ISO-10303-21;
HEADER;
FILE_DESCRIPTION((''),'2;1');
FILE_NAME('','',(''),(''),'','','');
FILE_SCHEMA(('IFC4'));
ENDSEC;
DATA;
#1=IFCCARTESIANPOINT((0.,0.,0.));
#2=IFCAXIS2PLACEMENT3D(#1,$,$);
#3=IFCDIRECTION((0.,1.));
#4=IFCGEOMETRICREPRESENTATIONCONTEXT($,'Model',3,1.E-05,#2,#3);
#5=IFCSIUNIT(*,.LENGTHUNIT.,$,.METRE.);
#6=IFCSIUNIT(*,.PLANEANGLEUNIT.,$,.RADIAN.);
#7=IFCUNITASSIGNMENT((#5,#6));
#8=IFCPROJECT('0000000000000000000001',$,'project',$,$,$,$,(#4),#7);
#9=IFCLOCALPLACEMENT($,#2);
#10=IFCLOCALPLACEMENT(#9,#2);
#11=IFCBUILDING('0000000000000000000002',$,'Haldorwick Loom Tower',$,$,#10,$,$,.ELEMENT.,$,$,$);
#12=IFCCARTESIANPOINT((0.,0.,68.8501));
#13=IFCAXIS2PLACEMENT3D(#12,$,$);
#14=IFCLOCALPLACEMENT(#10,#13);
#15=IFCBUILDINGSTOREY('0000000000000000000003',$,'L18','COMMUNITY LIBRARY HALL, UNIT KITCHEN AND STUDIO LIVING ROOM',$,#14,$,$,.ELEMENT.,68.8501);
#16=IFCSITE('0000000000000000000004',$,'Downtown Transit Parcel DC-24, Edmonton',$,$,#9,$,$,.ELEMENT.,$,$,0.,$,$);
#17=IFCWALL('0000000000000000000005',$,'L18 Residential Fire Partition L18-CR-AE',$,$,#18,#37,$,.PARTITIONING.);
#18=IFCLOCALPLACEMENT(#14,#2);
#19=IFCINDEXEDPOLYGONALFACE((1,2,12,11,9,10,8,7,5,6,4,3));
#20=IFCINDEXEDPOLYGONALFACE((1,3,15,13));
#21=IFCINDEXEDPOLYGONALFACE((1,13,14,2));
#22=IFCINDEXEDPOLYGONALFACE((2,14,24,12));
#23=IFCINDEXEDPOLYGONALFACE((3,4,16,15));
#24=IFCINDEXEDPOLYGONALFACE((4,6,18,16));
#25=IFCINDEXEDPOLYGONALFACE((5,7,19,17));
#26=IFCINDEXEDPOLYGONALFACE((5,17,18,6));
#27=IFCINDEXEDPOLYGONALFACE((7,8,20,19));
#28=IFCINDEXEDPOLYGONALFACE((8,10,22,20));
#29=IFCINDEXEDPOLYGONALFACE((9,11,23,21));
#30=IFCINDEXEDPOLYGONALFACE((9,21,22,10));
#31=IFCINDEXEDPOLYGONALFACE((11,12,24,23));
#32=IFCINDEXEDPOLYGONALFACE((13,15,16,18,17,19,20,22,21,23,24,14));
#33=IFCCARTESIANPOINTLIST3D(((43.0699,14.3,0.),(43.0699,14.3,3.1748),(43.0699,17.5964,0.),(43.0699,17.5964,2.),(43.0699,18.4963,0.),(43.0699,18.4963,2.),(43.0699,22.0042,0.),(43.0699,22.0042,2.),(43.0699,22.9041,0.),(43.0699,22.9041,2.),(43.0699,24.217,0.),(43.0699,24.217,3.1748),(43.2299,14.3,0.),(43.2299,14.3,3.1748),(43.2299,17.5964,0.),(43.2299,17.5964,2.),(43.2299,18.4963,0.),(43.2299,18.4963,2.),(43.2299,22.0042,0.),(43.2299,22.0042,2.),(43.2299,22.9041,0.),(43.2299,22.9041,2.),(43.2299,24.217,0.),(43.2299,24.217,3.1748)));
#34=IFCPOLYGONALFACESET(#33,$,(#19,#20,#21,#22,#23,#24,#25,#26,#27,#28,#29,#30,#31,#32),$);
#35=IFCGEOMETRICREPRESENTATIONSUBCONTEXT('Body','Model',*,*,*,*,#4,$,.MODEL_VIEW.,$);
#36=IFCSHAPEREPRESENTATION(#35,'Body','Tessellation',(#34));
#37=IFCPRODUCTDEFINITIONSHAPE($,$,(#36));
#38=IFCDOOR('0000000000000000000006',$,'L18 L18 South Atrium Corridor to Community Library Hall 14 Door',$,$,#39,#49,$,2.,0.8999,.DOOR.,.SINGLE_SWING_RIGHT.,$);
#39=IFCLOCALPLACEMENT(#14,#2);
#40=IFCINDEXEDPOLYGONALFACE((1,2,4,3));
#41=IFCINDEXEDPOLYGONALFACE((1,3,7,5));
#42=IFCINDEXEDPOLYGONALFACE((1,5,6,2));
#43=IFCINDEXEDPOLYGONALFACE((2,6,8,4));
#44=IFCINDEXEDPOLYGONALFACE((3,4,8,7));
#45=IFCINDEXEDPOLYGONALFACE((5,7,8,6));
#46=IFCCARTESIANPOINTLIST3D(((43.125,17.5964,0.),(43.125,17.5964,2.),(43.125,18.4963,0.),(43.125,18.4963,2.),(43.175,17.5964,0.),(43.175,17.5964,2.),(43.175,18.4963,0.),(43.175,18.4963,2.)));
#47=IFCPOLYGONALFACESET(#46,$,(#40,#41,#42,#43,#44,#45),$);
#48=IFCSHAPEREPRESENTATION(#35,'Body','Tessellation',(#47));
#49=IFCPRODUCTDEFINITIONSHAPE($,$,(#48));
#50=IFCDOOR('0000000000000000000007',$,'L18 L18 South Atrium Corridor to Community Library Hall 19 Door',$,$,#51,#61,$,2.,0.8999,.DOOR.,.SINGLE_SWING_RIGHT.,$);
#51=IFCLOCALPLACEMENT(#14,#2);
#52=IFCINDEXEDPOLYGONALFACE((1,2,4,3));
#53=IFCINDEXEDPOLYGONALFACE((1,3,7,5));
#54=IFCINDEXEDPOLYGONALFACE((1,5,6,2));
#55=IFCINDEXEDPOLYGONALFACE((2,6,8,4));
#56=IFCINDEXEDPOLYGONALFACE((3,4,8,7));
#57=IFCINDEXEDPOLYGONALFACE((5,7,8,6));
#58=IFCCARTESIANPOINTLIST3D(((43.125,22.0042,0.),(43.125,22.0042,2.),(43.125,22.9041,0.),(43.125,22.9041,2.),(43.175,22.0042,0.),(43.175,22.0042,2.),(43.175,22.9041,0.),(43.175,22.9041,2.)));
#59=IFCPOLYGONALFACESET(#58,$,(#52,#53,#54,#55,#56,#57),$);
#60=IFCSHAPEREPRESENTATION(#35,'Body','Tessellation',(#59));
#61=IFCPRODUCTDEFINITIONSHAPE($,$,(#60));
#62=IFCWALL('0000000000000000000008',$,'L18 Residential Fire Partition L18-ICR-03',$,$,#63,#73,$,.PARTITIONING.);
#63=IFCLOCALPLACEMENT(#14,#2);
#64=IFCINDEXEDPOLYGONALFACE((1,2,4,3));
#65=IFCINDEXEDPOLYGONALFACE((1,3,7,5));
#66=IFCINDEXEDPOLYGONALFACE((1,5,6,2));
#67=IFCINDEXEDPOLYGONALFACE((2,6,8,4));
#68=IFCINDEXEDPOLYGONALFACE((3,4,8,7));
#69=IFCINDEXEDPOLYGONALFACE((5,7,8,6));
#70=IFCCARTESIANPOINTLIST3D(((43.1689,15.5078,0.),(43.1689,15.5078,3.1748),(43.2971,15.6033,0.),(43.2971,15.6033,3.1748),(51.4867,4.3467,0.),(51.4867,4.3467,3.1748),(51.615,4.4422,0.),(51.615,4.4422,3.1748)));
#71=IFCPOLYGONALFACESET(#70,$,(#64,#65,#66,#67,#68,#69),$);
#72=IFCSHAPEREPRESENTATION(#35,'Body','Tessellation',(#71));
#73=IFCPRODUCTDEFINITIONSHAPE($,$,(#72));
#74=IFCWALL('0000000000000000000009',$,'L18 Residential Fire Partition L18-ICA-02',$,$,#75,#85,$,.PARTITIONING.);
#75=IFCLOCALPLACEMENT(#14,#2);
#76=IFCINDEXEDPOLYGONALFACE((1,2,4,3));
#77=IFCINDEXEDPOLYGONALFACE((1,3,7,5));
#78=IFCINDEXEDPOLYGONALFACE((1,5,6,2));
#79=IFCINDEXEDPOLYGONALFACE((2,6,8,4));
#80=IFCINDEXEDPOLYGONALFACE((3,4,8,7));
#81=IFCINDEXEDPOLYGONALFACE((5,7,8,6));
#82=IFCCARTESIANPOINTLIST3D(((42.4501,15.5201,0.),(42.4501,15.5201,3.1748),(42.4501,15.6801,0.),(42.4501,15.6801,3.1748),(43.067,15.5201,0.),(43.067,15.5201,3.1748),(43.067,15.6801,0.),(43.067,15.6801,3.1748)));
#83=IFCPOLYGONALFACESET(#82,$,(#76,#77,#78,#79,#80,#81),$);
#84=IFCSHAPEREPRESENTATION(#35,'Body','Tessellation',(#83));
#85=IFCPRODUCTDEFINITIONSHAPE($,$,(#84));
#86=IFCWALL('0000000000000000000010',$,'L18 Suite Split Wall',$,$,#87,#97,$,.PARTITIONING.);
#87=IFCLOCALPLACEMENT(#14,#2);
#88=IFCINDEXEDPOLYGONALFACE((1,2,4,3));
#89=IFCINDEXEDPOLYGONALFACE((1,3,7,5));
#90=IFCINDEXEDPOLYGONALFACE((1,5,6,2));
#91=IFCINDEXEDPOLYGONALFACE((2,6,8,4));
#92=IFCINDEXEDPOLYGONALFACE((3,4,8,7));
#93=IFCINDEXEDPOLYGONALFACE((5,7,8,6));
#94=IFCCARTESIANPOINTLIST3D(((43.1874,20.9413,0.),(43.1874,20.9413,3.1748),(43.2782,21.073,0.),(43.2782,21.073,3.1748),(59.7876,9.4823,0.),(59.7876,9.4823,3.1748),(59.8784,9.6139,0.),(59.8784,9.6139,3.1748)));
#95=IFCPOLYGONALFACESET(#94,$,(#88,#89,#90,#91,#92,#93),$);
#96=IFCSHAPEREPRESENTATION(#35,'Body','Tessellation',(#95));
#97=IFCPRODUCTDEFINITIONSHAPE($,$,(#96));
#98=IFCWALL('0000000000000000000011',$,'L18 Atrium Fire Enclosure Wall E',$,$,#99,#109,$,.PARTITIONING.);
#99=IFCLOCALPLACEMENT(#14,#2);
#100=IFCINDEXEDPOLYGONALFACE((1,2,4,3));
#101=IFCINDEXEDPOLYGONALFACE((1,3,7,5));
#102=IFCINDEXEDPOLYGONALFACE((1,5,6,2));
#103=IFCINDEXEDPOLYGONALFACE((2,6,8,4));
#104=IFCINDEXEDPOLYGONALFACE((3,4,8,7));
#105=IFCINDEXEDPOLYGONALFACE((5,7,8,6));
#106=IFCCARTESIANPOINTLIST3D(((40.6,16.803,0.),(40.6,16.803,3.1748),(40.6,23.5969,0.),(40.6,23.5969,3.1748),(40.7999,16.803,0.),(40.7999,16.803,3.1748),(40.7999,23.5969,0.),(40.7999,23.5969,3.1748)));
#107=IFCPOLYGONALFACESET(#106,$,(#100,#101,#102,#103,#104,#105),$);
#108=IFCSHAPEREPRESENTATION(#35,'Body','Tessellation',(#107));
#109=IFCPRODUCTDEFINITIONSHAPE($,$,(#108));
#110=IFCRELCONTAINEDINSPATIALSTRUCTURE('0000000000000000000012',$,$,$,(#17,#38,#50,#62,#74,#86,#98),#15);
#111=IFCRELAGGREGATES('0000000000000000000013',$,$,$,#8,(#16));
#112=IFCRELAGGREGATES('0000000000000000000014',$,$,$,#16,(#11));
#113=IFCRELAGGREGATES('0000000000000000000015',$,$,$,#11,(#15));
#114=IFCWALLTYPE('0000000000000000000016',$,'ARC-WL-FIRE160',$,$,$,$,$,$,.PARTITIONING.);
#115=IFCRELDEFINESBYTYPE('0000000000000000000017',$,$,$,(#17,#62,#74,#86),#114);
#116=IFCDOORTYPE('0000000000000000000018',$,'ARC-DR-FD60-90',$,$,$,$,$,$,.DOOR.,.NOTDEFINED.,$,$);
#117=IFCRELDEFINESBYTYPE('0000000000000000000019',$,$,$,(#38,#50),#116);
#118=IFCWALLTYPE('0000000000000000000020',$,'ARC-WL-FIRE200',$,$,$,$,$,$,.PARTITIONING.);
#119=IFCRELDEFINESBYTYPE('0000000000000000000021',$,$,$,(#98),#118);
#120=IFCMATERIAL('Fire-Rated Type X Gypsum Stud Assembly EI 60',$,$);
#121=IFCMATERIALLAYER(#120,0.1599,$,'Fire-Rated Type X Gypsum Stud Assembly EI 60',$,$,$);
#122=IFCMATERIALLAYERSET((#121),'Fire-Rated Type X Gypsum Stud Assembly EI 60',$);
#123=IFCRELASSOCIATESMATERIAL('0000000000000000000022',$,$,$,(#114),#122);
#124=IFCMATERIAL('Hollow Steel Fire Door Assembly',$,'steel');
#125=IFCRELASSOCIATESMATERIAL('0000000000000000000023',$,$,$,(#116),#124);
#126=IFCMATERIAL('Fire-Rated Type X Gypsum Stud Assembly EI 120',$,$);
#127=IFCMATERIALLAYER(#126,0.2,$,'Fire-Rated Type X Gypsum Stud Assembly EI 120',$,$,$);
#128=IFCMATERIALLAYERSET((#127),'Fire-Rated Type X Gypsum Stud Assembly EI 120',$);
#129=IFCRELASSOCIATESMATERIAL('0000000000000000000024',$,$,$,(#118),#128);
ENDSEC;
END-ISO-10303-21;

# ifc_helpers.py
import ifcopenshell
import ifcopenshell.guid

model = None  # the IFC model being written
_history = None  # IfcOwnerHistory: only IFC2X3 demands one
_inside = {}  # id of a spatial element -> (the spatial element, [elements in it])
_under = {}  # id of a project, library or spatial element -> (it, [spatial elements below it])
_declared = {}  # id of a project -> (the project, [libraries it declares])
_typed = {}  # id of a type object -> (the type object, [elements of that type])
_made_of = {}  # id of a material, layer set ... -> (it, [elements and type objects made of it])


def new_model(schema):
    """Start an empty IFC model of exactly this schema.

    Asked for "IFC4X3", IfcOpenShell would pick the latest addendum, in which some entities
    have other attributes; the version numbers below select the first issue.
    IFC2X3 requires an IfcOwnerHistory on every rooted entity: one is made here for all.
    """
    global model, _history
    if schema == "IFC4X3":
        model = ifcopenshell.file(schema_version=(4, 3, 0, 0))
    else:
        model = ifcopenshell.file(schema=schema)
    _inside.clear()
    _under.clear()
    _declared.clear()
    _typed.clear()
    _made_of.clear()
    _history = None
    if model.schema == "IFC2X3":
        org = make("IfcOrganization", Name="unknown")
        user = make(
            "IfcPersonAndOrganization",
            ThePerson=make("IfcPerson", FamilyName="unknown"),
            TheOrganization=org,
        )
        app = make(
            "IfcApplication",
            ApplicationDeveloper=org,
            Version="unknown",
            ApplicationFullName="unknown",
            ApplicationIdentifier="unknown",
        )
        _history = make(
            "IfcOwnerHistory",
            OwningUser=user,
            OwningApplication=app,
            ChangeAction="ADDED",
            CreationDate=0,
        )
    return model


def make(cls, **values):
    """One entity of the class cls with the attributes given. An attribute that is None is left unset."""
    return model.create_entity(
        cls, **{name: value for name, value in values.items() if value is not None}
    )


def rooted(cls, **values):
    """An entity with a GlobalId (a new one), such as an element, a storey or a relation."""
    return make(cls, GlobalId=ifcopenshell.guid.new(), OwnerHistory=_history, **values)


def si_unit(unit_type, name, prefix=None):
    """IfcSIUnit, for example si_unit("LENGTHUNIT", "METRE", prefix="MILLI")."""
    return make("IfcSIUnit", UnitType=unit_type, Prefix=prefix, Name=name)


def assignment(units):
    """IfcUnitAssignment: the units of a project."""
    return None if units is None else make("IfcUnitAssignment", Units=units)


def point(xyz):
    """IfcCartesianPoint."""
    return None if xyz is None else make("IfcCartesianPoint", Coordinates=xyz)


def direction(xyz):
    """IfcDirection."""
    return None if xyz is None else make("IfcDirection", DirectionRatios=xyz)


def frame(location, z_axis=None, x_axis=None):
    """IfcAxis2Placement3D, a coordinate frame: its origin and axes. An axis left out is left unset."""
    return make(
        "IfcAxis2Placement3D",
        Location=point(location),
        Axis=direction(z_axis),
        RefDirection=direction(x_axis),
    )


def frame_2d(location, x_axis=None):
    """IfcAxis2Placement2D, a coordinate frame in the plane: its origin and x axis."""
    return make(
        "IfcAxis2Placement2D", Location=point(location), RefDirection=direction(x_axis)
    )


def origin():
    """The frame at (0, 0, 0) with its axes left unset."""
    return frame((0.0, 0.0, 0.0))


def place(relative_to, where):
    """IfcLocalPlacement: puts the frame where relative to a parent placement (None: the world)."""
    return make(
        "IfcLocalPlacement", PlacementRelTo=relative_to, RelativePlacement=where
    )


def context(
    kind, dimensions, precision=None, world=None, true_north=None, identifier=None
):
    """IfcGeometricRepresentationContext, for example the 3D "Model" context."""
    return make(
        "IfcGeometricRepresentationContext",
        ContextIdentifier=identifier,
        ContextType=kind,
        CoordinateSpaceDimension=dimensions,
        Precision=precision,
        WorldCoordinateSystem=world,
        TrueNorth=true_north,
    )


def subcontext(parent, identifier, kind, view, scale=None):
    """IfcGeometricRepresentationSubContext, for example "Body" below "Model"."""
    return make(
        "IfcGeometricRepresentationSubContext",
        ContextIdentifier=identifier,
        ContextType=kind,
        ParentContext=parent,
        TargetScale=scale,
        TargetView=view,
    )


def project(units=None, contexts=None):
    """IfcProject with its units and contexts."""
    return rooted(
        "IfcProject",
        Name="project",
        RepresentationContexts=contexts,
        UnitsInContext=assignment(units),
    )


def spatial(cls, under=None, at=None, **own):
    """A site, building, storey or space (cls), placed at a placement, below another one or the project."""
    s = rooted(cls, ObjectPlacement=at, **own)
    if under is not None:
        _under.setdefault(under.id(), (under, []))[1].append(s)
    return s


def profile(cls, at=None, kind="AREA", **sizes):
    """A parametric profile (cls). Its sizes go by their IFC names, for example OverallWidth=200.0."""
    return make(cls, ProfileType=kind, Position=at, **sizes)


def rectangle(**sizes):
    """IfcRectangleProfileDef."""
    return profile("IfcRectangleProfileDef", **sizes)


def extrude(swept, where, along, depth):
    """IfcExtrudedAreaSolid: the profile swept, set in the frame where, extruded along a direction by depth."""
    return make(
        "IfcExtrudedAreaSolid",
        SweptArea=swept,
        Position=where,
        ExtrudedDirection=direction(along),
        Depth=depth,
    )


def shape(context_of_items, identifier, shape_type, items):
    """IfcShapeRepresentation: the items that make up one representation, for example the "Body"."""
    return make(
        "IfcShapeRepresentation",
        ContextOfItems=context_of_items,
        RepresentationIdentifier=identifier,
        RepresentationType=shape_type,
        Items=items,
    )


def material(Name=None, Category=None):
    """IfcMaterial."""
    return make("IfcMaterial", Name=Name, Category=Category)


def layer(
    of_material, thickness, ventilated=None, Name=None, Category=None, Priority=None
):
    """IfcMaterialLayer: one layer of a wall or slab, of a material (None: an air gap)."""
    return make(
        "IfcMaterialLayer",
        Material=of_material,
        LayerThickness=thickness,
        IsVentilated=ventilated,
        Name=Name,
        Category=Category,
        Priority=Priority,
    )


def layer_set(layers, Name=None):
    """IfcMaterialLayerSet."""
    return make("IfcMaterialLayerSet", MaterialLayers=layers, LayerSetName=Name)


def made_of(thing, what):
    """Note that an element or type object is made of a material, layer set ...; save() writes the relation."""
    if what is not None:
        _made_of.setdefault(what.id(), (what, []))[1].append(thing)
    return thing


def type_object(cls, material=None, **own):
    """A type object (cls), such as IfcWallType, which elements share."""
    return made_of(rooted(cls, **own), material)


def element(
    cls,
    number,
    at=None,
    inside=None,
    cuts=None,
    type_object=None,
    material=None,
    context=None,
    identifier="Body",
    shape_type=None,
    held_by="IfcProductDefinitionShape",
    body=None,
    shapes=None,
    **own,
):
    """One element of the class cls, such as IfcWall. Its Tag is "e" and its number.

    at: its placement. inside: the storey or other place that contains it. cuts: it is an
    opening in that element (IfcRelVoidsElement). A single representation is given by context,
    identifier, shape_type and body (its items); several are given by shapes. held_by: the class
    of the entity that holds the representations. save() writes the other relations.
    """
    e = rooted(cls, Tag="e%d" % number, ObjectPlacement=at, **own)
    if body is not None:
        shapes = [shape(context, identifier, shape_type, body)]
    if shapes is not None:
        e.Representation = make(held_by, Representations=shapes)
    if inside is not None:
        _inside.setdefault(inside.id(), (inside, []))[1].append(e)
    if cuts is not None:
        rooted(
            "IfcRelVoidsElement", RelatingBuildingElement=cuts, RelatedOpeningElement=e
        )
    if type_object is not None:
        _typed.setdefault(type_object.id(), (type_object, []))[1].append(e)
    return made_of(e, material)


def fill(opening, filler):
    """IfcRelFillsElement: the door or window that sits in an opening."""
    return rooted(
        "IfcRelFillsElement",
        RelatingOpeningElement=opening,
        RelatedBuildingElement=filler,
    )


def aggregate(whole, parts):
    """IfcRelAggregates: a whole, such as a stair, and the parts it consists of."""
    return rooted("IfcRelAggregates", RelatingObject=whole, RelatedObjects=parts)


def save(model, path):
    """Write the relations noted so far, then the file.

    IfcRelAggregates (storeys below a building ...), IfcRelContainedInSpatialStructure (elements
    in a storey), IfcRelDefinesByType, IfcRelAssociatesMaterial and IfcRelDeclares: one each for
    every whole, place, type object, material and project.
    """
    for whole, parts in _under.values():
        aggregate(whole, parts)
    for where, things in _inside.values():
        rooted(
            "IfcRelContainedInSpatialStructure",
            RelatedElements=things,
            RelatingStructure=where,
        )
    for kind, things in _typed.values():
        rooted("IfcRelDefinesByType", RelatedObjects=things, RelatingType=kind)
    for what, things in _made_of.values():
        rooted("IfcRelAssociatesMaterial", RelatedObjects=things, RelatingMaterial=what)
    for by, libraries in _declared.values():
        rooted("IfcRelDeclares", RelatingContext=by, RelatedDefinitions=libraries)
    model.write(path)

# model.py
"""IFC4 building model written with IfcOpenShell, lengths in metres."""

from ifc_helpers import new_model, si_unit, direction, frame, frame_2d, origin, place, context, subcontext, project, spatial, rectangle, extrude, material, layer, layer_set, type_object, element, fill, save


model = new_model("IFC4")

# Units and contexts
model_context = context("Model", 3, precision=1e-05, world=origin(), true_north=direction((0.0, 1.0)))
body_context = subcontext(model_context, "Body", "Model", "MODEL_VIEW")
ifc_project = project(units=[si_unit("LENGTHUNIT", "METRE"), si_unit("PLANEANGLEUNIT", "RADIAN")], contexts=[model_context])

# Site, building, storey
site_placement = place(None, origin())
site = spatial("IfcSite", under=ifc_project, at=site_placement, Name="Downtown Transit Parcel DC-24, Edmonton", CompositionType="ELEMENT", RefElevation=0.0)
building_placement = place(site_placement, origin())
building = spatial("IfcBuilding", under=site, at=building_placement, Name="Haldorwick Loom Tower", CompositionType="ELEMENT")
storey_placement = place(building_placement, frame((0.0, 0.0, 68.8501)))
storey = spatial("IfcBuildingStorey", under=building, at=storey_placement, Name="L18", Description="COMMUNITY LIBRARY HALL, UNIT KITCHEN AND STUDIO LIVING ROOM", CompositionType="ELEMENT", Elevation=68.8501)

# Wall, openings, doors
ifc_material_1 = material(Name="Fire-Rated Type X Gypsum Stud Assembly EI 60")
ifc_layer_1 = layer(ifc_material_1, 0.1599, Name="Fire-Rated Type X Gypsum Stud Assembly EI 60")
ifc_layer_set_1 = layer_set([ifc_layer_1], Name="Fire-Rated Type X Gypsum Stud Assembly EI 60")
wall_type_1 = type_object("IfcWallType", Name="ARC-WL-FIRE160", PredefinedType="PARTITIONING", material=ifc_layer_set_1)
wall_1_placement = place(storey_placement, frame((43.1499, 14.3, 0.0), z_axis=(0.0, 0.0, 1.0), x_axis=(0.0, 1.0, 0.0)))
wall_1 = element("IfcWall", 1, at=wall_1_placement, inside=storey, type_object=wall_type_1, Name="L18 Residential Fire Partition L18-CR-AE", PredefinedType="PARTITIONING", context=body_context, shape_type="SweptSolid", body=[
    extrude(rectangle(XDim=9.917, YDim=0.1599, at=frame_2d((4.9585, 0.0))), origin(), (0.0, 0.0, 1.0), 3.1748),
])
opening_1_placement = place(wall_1_placement, frame((3.2964, 0.0, 0.0)))
opening_1 = element("IfcOpeningElement", 2, at=opening_1_placement, cuts=wall_1, PredefinedType="OPENING", context=body_context, shape_type="SweptSolid", body=[
    extrude(rectangle(XDim=0.8999, YDim=2.0, at=frame_2d((0.45, 1.0))), frame((0.0, 0.0898, 0.0), z_axis=(0.0, -1.0, 0.0), x_axis=(1.0, 0.0, 0.0)), (0.0, 0.0, 1.0), 0.1799),
])
opening_2_placement = place(wall_1_placement, frame((7.7041, 0.0, 0.0)))
opening_2 = element("IfcOpeningElement", 3, at=opening_2_placement, cuts=wall_1, PredefinedType="OPENING", context=body_context, shape_type="SweptSolid", body=[
    extrude(rectangle(XDim=0.8999, YDim=2.0, at=frame_2d((0.45, 1.0))), frame((0.0, 0.0898, 0.0), z_axis=(0.0, -1.0, 0.0), x_axis=(1.0, 0.0, 0.0)), (0.0, 0.0, 1.0), 0.1799),
])
ifc_material_2 = material(Name="Hollow Steel Fire Door Assembly", Category="steel")
door_type = type_object("IfcDoorType", Name="ARC-DR-FD60-90", OperationType="NOTDEFINED", PredefinedType="DOOR", material=ifc_material_2)
door_1_placement = place(opening_1_placement, origin())
door_1 = element("IfcDoor", 4, at=door_1_placement, inside=storey, type_object=door_type, Name="L18 L18 South Atrium Corridor to Community Library Hall 14 Door", OperationType="SINGLE_SWING_RIGHT", OverallHeight=2.0, OverallWidth=0.8999, PredefinedType="DOOR", context=body_context, shape_type="SweptSolid", body=[
    extrude(rectangle(XDim=0.8999, YDim=2.0, at=frame_2d((0.45, 1.0))), frame((0.0, 0.0249, 0.0), z_axis=(0.0, -1.0, 0.0), x_axis=(1.0, 0.0, 0.0)), (0.0, 0.0, 1.0), 0.05),
])
fill(opening_1, door_1)
door_2_placement = place(opening_2_placement, origin())
door_2 = element("IfcDoor", 5, at=door_2_placement, inside=storey, type_object=door_type, Name="L18 L18 South Atrium Corridor to Community Library Hall 19 Door", OperationType="SINGLE_SWING_RIGHT", OverallHeight=2.0, OverallWidth=0.8999, PredefinedType="DOOR", context=body_context, shape_type="SweptSolid", body=[
    extrude(rectangle(XDim=0.8999, YDim=2.0, at=frame_2d((0.45, 1.0))), frame((0.0, 0.0249, 0.0), z_axis=(0.0, -1.0, 0.0), x_axis=(1.0, 0.0, 0.0)), (0.0, 0.0, 1.0), 0.05),
])
fill(opening_2, door_2)

# Walls
wall_2_placement = place(storey_placement, frame((43.2329, 15.5557, 0.0), z_axis=(0.0, 0.0, 1.0), x_axis=(0.597561, -0.801823, 0.0)))
element("IfcWall", 6, at=wall_2_placement, inside=storey, type_object=wall_type_1, Name="L18 Residential Fire Partition L18-ICR-03", PredefinedType="PARTITIONING", context=body_context, shape_type="SweptSolid", body=[
    extrude(rectangle(XDim=13.9197, YDim=0.1599, at=frame_2d((6.96, 0.0))), origin(), (0.0, 0.0, 1.0), 3.1748),
])
wall_3_placement = place(storey_placement, frame((42.45, 15.6001, 0.0), z_axis=(0.0, 0.0, 1.0), x_axis=(1.0, 0.0, 0.0)))
element("IfcWall", 7, at=wall_3_placement, inside=storey, type_object=wall_type_1, Name="L18 Residential Fire Partition L18-ICA-02", PredefinedType="PARTITIONING", context=body_context, shape_type="SweptSolid", body=[
    extrude(rectangle(XDim=0.6169, YDim=0.1599, at=frame_2d((0.3086, 0.0))), origin(), (0.0, 0.0, 1.0), 3.1748),
])
wall_4_placement = place(storey_placement, frame((43.2329, 21.0071, 0.0), z_axis=(0.0, 0.0, 1.0), x_axis=(0.822966, -0.56809, 0.0)))
element("IfcWall", 8, at=wall_4_placement, inside=storey, type_object=wall_type_1, Name="L18 Suite Split Wall", PredefinedType="PARTITIONING", context=body_context, shape_type="SweptSolid", body=[
    extrude(rectangle(XDim=20.1711, YDim=0.1599, at=frame_2d((10.0854, 0.0))), origin(), (0.0, 0.0, 1.0), 3.1748),
])
ifc_material_3 = material(Name="Fire-Rated Type X Gypsum Stud Assembly EI 120")
ifc_layer_2 = layer(ifc_material_3, 0.2, Name="Fire-Rated Type X Gypsum Stud Assembly EI 120")
ifc_layer_set_2 = layer_set([ifc_layer_2], Name="Fire-Rated Type X Gypsum Stud Assembly EI 120")
wall_type_2 = type_object("IfcWallType", Name="ARC-WL-FIRE200", PredefinedType="PARTITIONING", material=ifc_layer_set_2)
wall_5_placement = place(storey_placement, frame((40.7, 23.5969, 0.0), z_axis=(0.0, 0.0, 1.0), x_axis=(0.0, -1.0, 0.0)))
element("IfcWall", 9, at=wall_5_placement, inside=storey, type_object=wall_type_2, Name="L18 Atrium Fire Enclosure Wall E", PredefinedType="PARTITIONING", context=body_context, shape_type="SweptSolid", body=[
    extrude(rectangle(XDim=6.7939, YDim=0.2, at=frame_2d((3.397, 0.0))), origin(), (0.0, 0.0, 1.0), 3.1748),
])

save(model, "model.ifc")
